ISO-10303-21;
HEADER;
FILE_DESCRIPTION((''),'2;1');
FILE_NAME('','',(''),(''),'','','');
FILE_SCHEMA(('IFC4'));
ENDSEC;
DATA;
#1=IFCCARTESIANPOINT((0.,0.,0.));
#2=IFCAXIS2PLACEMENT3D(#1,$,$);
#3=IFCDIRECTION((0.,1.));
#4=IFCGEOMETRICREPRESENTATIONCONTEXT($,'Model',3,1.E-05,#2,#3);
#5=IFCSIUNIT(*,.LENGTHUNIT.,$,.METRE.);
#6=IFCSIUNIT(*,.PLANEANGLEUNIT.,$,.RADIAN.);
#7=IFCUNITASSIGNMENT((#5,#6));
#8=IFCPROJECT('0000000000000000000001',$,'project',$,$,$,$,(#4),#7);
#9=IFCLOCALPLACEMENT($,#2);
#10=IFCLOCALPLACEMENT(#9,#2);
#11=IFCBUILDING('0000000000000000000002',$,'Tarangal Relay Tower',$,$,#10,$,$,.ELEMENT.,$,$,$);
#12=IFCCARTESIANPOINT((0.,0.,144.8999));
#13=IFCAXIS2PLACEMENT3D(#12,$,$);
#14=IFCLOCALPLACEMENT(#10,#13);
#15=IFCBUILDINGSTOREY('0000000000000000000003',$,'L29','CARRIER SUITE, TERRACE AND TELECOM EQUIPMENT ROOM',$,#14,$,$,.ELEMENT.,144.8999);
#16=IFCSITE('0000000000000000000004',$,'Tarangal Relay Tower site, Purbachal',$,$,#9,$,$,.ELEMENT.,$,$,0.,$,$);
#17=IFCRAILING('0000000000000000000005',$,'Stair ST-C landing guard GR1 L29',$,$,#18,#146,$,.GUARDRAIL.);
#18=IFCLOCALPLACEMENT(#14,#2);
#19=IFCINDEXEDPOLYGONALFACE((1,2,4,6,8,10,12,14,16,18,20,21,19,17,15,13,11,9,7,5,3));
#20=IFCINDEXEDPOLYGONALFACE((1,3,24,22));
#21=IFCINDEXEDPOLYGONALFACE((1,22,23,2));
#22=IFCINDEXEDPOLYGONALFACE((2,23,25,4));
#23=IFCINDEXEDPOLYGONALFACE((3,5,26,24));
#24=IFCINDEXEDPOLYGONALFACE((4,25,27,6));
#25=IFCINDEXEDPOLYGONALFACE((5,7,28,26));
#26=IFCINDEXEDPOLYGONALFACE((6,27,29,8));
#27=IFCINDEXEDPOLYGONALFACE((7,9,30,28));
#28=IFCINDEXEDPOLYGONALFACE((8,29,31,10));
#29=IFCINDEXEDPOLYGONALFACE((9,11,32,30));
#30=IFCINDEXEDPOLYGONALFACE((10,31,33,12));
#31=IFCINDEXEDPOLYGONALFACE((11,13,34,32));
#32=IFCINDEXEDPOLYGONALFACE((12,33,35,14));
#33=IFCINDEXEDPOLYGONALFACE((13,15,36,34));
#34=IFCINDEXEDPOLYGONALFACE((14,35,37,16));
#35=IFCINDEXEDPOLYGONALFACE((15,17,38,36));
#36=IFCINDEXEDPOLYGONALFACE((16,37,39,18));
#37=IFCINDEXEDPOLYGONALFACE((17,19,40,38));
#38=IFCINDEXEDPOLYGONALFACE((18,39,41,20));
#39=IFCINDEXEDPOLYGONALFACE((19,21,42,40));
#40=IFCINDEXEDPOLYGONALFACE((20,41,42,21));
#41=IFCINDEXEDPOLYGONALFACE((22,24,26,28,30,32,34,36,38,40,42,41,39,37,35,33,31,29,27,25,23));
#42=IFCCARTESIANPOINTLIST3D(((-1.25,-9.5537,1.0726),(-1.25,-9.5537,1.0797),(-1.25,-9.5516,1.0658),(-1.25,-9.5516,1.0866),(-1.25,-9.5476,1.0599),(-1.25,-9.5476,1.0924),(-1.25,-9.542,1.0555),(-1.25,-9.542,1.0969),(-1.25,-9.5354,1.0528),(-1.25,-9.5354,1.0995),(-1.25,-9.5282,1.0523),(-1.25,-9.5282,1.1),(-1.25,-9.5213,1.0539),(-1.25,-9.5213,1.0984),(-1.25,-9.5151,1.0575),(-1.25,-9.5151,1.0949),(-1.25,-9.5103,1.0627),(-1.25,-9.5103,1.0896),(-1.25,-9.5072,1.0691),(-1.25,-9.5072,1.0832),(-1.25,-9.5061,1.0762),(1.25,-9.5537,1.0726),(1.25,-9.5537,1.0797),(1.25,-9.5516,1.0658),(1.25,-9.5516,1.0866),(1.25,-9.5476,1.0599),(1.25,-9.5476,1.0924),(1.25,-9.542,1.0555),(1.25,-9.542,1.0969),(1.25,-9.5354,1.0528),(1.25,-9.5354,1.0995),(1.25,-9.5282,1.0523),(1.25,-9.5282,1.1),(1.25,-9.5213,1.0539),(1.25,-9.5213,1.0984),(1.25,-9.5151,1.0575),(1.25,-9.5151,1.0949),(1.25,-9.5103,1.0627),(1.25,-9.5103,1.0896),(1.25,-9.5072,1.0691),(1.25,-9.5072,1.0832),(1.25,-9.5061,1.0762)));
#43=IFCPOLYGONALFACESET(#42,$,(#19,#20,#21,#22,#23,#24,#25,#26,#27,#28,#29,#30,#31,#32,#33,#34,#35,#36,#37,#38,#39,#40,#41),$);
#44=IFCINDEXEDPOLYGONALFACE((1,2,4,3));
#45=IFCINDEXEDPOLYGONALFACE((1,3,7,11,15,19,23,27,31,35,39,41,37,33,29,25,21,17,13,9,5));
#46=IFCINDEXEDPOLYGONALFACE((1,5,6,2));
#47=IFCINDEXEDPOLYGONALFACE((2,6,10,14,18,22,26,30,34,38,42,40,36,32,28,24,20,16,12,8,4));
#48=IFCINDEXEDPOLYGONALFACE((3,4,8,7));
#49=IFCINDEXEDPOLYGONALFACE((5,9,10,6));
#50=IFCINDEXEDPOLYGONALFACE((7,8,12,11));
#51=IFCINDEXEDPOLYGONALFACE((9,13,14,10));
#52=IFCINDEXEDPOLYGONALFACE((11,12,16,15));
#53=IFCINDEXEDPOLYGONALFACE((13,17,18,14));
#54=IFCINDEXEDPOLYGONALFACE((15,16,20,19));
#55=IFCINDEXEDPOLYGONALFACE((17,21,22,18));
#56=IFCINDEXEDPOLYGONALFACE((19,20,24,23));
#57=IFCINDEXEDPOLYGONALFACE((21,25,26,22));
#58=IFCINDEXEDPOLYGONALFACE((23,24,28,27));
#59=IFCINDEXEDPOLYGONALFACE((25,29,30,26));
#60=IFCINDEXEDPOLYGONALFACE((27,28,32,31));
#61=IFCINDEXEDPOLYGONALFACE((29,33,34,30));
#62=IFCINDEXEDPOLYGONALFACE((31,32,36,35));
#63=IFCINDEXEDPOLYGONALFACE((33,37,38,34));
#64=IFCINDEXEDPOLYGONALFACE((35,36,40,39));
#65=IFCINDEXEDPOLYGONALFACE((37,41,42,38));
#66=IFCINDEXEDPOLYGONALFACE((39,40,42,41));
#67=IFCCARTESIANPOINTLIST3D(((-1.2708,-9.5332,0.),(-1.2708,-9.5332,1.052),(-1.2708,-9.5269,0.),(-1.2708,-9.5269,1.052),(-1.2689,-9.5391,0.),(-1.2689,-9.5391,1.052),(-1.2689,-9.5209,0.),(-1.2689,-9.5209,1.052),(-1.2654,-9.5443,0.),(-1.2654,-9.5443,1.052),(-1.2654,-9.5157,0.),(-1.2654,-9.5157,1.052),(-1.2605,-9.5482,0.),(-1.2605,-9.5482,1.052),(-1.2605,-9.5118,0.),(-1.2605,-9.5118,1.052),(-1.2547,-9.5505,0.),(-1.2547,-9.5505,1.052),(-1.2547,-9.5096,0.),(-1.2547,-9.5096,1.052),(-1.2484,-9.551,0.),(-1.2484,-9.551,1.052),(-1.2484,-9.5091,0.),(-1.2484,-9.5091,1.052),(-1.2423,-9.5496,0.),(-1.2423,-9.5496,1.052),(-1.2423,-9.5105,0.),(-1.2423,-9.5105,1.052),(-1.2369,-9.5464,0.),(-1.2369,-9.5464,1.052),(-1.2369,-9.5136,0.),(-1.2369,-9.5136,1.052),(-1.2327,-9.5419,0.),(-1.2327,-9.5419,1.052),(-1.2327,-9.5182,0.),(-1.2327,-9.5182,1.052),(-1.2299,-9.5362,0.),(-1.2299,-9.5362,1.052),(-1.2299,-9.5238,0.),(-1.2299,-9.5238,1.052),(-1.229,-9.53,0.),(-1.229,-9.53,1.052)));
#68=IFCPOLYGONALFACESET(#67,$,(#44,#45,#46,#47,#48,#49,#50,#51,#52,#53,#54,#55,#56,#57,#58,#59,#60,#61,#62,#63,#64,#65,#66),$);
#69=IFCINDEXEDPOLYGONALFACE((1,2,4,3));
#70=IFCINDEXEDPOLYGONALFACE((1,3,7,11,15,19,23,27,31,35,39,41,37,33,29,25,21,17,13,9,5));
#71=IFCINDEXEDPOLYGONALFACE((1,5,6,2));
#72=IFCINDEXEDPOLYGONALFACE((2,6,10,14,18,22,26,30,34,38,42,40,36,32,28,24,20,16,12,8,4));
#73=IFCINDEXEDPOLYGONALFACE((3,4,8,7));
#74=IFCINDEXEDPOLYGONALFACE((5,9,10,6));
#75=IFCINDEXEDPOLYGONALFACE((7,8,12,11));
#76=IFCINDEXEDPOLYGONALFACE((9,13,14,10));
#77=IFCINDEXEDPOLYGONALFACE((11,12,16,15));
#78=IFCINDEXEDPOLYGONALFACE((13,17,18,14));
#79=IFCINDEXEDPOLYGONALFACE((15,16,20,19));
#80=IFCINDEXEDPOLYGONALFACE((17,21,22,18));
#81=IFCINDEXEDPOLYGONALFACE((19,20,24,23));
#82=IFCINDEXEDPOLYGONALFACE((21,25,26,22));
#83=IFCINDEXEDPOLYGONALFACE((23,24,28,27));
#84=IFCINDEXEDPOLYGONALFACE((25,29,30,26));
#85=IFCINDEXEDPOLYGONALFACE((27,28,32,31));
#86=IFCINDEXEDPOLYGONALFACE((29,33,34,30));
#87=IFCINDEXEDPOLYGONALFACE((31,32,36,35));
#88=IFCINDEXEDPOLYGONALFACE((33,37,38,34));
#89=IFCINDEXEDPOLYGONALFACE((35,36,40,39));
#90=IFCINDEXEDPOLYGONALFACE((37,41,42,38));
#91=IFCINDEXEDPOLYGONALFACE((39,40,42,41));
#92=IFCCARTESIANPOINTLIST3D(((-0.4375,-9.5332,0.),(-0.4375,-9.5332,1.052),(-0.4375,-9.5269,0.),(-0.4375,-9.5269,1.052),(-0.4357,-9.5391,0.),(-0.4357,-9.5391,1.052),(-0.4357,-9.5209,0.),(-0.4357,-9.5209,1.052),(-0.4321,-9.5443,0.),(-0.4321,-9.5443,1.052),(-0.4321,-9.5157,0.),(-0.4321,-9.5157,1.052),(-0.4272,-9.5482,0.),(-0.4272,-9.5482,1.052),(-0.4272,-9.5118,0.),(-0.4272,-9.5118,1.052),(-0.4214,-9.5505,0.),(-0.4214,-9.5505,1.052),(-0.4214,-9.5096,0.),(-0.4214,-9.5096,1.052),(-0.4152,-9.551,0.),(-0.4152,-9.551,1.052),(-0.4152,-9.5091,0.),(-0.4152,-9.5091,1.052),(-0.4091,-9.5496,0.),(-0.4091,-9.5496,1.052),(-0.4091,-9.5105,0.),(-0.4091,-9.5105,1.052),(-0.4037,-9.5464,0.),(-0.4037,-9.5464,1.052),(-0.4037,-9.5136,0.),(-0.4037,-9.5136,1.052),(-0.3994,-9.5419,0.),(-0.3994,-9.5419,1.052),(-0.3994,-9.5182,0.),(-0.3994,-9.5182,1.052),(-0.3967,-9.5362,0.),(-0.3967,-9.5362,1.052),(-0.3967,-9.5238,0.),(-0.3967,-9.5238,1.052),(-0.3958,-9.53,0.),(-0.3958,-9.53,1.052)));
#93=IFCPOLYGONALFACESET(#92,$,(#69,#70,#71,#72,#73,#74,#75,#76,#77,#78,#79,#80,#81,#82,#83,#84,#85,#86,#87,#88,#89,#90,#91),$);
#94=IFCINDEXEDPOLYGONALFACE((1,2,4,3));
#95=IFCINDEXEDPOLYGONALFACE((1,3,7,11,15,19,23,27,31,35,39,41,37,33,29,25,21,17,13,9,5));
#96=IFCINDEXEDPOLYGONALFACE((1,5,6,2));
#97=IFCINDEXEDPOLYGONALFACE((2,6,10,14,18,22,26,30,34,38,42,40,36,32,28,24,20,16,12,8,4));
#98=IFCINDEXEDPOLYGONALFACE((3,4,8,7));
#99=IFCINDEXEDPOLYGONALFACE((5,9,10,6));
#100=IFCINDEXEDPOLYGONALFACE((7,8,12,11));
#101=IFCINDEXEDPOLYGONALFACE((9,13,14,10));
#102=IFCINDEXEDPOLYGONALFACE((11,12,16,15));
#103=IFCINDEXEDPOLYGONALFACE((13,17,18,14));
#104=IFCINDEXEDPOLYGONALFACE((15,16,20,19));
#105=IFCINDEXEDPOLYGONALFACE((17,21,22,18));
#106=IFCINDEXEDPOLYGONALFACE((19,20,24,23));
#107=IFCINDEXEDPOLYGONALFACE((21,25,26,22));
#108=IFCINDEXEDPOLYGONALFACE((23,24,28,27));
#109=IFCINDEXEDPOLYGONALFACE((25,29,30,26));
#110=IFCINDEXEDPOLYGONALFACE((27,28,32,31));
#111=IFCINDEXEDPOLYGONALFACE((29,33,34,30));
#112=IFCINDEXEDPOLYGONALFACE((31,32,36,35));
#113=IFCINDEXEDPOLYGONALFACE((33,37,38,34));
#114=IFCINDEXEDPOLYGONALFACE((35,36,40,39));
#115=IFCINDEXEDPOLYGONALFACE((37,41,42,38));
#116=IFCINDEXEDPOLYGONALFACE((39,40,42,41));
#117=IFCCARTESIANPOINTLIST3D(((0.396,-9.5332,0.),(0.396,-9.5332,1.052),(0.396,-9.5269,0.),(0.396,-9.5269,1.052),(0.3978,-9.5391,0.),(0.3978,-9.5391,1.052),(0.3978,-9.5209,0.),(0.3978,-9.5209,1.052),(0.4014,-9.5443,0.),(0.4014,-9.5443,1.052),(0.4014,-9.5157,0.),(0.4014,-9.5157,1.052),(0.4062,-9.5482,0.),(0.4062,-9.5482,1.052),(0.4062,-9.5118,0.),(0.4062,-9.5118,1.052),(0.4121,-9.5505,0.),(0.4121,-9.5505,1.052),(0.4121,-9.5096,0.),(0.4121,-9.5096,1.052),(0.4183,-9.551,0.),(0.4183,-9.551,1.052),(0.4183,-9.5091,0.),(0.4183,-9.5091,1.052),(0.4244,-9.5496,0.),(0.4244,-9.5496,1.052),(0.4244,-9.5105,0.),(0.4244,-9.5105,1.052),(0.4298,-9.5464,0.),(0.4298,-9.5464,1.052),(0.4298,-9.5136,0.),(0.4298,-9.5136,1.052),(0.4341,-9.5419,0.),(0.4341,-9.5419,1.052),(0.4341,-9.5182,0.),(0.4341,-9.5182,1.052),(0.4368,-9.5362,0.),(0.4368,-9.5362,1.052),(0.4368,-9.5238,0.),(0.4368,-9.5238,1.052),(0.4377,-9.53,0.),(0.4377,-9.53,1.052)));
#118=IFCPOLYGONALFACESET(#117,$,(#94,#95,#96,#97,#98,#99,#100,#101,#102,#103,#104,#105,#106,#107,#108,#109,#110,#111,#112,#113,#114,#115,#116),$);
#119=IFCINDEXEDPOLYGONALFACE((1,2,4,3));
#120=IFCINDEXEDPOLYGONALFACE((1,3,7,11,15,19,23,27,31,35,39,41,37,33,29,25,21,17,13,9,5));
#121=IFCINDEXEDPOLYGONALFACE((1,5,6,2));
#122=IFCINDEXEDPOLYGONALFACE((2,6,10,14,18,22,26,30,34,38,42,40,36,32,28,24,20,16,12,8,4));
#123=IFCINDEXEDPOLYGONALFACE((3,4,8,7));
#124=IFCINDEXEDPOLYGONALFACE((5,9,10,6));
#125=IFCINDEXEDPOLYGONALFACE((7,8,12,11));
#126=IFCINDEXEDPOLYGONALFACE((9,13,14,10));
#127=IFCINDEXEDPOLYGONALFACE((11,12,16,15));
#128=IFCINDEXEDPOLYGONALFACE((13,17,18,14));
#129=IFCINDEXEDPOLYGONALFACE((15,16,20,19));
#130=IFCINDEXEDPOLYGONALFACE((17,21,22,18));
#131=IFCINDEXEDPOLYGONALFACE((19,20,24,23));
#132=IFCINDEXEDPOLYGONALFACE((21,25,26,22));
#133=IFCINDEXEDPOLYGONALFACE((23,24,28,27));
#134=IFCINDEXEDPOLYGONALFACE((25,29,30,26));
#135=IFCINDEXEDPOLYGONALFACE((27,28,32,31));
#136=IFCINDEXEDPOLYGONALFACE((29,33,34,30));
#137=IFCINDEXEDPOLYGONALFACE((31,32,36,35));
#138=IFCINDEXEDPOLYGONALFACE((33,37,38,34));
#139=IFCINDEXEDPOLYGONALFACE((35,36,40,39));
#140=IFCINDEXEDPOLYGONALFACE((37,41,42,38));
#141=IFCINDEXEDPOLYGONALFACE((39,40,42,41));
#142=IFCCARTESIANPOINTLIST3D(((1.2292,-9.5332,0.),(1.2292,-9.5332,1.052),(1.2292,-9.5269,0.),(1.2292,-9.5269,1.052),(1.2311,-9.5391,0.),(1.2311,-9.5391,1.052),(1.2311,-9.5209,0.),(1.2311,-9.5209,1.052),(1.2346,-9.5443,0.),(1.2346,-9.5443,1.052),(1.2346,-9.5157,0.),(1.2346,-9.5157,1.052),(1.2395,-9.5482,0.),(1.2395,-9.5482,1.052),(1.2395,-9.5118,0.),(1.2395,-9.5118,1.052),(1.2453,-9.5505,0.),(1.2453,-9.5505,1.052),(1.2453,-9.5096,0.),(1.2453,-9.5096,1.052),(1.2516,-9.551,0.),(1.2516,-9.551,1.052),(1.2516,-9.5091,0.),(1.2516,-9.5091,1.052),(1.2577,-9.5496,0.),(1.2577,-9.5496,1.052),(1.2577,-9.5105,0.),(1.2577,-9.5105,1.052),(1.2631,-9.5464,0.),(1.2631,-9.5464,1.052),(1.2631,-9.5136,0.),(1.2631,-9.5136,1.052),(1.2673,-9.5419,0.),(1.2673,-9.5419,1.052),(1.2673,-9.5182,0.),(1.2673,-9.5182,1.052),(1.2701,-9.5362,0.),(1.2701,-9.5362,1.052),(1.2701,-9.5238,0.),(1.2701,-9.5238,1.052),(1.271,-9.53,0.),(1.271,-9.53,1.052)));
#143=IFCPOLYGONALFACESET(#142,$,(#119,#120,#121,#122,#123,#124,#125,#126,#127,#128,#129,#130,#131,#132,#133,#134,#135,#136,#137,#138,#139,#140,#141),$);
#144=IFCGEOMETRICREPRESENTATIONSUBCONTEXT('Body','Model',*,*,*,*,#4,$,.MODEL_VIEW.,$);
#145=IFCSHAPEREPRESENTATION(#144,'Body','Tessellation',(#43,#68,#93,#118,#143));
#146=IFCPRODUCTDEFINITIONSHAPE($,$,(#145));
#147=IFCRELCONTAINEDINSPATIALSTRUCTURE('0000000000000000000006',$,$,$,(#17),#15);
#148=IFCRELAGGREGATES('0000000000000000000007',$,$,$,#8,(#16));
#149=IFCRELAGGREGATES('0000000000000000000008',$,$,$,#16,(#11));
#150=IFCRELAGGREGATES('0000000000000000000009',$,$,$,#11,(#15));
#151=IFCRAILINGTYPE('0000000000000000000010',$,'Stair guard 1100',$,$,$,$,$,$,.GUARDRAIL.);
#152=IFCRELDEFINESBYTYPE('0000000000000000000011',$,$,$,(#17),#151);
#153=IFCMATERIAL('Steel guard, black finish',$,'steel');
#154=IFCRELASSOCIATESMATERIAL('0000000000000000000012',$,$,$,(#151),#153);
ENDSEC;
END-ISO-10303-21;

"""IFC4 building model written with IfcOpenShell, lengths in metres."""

from ifc_helpers import new_model, si_unit, direction, frame, origin, origin_2d, place, context, subcontext, project, spatial, circle, extrude, material, type_object, element, save


model = new_model("IFC4")

# Units and contexts
model_context = context("Model", 3, precision=1e-05, world=origin(), true_north=direction((0.0, 1.0)))
body_context = subcontext(model_context, "Body", "Model", "MODEL_VIEW")
ifc_project = project(units=[si_unit("LENGTHUNIT", "METRE"), si_unit("PLANEANGLEUNIT", "RADIAN")], contexts=[model_context])

# Site, building, storey
site_placement = place(None, origin())
site = spatial("IfcSite", under=ifc_project, at=site_placement, Name="Tarangal Relay Tower site, Purbachal", CompositionType="ELEMENT", RefElevation=0.0)
building_placement = place(site_placement, origin())
building = spatial("IfcBuilding", under=site, at=building_placement, Name="Tarangal Relay Tower", CompositionType="ELEMENT")
storey_placement = place(building_placement, frame((0.0, 0.0, 144.8999)))
storey = spatial("IfcBuildingStorey", under=building, at=storey_placement, Name="L29", Description="CARRIER SUITE, TERRACE AND TELECOM EQUIPMENT ROOM", CompositionType="ELEMENT", Elevation=144.8999)

# Railing
ifc_material_1 = material(Name="Steel guard, black finish", Category="steel")
railing_type_1 = type_object("IfcRailingType", Name="Stair guard 1100", PredefinedType="GUARDRAIL", material=ifc_material_1)
for number, where, name in (
    (1, (-1.25, -9.53, 0.0), "Stair ST-C landing guard GR1 L29"),
):
    element("IfcRailing", number, at=place(storey_placement, frame(where)), inside=storey, type_object=railing_type_1, Name=name, PredefinedType="GUARDRAIL", context=body_context, shape_type="SweptSolid", body=[
        extrude(circle(Radius=0.0239, at=origin_2d()), frame((0.0, 0.0, 1.0762), z_axis=(1.0, 0.0, 0.0), x_axis=(0.0, 1.0, 0.0)), (0.0, 0.0, 1.0), 2.5),
        extrude(circle(Radius=0.021, at=origin_2d()), origin(), (0.0, 0.0, 1.0), 1.052),
        extrude(circle(Radius=0.021, at=origin_2d()), frame((0.8333, 0.0, 0.0)), (0.0, 0.0, 1.0), 1.052),
        extrude(circle(Radius=0.021, at=origin_2d()), frame((1.6667, 0.0, 0.0)), (0.0, 0.0, 1.0), 1.052),
        extrude(circle(Radius=0.021, at=origin_2d()), frame((2.5, 0.0, 0.0)), (0.0, 0.0, 1.0), 1.052),
    ])

save(model, "model.ifc")
